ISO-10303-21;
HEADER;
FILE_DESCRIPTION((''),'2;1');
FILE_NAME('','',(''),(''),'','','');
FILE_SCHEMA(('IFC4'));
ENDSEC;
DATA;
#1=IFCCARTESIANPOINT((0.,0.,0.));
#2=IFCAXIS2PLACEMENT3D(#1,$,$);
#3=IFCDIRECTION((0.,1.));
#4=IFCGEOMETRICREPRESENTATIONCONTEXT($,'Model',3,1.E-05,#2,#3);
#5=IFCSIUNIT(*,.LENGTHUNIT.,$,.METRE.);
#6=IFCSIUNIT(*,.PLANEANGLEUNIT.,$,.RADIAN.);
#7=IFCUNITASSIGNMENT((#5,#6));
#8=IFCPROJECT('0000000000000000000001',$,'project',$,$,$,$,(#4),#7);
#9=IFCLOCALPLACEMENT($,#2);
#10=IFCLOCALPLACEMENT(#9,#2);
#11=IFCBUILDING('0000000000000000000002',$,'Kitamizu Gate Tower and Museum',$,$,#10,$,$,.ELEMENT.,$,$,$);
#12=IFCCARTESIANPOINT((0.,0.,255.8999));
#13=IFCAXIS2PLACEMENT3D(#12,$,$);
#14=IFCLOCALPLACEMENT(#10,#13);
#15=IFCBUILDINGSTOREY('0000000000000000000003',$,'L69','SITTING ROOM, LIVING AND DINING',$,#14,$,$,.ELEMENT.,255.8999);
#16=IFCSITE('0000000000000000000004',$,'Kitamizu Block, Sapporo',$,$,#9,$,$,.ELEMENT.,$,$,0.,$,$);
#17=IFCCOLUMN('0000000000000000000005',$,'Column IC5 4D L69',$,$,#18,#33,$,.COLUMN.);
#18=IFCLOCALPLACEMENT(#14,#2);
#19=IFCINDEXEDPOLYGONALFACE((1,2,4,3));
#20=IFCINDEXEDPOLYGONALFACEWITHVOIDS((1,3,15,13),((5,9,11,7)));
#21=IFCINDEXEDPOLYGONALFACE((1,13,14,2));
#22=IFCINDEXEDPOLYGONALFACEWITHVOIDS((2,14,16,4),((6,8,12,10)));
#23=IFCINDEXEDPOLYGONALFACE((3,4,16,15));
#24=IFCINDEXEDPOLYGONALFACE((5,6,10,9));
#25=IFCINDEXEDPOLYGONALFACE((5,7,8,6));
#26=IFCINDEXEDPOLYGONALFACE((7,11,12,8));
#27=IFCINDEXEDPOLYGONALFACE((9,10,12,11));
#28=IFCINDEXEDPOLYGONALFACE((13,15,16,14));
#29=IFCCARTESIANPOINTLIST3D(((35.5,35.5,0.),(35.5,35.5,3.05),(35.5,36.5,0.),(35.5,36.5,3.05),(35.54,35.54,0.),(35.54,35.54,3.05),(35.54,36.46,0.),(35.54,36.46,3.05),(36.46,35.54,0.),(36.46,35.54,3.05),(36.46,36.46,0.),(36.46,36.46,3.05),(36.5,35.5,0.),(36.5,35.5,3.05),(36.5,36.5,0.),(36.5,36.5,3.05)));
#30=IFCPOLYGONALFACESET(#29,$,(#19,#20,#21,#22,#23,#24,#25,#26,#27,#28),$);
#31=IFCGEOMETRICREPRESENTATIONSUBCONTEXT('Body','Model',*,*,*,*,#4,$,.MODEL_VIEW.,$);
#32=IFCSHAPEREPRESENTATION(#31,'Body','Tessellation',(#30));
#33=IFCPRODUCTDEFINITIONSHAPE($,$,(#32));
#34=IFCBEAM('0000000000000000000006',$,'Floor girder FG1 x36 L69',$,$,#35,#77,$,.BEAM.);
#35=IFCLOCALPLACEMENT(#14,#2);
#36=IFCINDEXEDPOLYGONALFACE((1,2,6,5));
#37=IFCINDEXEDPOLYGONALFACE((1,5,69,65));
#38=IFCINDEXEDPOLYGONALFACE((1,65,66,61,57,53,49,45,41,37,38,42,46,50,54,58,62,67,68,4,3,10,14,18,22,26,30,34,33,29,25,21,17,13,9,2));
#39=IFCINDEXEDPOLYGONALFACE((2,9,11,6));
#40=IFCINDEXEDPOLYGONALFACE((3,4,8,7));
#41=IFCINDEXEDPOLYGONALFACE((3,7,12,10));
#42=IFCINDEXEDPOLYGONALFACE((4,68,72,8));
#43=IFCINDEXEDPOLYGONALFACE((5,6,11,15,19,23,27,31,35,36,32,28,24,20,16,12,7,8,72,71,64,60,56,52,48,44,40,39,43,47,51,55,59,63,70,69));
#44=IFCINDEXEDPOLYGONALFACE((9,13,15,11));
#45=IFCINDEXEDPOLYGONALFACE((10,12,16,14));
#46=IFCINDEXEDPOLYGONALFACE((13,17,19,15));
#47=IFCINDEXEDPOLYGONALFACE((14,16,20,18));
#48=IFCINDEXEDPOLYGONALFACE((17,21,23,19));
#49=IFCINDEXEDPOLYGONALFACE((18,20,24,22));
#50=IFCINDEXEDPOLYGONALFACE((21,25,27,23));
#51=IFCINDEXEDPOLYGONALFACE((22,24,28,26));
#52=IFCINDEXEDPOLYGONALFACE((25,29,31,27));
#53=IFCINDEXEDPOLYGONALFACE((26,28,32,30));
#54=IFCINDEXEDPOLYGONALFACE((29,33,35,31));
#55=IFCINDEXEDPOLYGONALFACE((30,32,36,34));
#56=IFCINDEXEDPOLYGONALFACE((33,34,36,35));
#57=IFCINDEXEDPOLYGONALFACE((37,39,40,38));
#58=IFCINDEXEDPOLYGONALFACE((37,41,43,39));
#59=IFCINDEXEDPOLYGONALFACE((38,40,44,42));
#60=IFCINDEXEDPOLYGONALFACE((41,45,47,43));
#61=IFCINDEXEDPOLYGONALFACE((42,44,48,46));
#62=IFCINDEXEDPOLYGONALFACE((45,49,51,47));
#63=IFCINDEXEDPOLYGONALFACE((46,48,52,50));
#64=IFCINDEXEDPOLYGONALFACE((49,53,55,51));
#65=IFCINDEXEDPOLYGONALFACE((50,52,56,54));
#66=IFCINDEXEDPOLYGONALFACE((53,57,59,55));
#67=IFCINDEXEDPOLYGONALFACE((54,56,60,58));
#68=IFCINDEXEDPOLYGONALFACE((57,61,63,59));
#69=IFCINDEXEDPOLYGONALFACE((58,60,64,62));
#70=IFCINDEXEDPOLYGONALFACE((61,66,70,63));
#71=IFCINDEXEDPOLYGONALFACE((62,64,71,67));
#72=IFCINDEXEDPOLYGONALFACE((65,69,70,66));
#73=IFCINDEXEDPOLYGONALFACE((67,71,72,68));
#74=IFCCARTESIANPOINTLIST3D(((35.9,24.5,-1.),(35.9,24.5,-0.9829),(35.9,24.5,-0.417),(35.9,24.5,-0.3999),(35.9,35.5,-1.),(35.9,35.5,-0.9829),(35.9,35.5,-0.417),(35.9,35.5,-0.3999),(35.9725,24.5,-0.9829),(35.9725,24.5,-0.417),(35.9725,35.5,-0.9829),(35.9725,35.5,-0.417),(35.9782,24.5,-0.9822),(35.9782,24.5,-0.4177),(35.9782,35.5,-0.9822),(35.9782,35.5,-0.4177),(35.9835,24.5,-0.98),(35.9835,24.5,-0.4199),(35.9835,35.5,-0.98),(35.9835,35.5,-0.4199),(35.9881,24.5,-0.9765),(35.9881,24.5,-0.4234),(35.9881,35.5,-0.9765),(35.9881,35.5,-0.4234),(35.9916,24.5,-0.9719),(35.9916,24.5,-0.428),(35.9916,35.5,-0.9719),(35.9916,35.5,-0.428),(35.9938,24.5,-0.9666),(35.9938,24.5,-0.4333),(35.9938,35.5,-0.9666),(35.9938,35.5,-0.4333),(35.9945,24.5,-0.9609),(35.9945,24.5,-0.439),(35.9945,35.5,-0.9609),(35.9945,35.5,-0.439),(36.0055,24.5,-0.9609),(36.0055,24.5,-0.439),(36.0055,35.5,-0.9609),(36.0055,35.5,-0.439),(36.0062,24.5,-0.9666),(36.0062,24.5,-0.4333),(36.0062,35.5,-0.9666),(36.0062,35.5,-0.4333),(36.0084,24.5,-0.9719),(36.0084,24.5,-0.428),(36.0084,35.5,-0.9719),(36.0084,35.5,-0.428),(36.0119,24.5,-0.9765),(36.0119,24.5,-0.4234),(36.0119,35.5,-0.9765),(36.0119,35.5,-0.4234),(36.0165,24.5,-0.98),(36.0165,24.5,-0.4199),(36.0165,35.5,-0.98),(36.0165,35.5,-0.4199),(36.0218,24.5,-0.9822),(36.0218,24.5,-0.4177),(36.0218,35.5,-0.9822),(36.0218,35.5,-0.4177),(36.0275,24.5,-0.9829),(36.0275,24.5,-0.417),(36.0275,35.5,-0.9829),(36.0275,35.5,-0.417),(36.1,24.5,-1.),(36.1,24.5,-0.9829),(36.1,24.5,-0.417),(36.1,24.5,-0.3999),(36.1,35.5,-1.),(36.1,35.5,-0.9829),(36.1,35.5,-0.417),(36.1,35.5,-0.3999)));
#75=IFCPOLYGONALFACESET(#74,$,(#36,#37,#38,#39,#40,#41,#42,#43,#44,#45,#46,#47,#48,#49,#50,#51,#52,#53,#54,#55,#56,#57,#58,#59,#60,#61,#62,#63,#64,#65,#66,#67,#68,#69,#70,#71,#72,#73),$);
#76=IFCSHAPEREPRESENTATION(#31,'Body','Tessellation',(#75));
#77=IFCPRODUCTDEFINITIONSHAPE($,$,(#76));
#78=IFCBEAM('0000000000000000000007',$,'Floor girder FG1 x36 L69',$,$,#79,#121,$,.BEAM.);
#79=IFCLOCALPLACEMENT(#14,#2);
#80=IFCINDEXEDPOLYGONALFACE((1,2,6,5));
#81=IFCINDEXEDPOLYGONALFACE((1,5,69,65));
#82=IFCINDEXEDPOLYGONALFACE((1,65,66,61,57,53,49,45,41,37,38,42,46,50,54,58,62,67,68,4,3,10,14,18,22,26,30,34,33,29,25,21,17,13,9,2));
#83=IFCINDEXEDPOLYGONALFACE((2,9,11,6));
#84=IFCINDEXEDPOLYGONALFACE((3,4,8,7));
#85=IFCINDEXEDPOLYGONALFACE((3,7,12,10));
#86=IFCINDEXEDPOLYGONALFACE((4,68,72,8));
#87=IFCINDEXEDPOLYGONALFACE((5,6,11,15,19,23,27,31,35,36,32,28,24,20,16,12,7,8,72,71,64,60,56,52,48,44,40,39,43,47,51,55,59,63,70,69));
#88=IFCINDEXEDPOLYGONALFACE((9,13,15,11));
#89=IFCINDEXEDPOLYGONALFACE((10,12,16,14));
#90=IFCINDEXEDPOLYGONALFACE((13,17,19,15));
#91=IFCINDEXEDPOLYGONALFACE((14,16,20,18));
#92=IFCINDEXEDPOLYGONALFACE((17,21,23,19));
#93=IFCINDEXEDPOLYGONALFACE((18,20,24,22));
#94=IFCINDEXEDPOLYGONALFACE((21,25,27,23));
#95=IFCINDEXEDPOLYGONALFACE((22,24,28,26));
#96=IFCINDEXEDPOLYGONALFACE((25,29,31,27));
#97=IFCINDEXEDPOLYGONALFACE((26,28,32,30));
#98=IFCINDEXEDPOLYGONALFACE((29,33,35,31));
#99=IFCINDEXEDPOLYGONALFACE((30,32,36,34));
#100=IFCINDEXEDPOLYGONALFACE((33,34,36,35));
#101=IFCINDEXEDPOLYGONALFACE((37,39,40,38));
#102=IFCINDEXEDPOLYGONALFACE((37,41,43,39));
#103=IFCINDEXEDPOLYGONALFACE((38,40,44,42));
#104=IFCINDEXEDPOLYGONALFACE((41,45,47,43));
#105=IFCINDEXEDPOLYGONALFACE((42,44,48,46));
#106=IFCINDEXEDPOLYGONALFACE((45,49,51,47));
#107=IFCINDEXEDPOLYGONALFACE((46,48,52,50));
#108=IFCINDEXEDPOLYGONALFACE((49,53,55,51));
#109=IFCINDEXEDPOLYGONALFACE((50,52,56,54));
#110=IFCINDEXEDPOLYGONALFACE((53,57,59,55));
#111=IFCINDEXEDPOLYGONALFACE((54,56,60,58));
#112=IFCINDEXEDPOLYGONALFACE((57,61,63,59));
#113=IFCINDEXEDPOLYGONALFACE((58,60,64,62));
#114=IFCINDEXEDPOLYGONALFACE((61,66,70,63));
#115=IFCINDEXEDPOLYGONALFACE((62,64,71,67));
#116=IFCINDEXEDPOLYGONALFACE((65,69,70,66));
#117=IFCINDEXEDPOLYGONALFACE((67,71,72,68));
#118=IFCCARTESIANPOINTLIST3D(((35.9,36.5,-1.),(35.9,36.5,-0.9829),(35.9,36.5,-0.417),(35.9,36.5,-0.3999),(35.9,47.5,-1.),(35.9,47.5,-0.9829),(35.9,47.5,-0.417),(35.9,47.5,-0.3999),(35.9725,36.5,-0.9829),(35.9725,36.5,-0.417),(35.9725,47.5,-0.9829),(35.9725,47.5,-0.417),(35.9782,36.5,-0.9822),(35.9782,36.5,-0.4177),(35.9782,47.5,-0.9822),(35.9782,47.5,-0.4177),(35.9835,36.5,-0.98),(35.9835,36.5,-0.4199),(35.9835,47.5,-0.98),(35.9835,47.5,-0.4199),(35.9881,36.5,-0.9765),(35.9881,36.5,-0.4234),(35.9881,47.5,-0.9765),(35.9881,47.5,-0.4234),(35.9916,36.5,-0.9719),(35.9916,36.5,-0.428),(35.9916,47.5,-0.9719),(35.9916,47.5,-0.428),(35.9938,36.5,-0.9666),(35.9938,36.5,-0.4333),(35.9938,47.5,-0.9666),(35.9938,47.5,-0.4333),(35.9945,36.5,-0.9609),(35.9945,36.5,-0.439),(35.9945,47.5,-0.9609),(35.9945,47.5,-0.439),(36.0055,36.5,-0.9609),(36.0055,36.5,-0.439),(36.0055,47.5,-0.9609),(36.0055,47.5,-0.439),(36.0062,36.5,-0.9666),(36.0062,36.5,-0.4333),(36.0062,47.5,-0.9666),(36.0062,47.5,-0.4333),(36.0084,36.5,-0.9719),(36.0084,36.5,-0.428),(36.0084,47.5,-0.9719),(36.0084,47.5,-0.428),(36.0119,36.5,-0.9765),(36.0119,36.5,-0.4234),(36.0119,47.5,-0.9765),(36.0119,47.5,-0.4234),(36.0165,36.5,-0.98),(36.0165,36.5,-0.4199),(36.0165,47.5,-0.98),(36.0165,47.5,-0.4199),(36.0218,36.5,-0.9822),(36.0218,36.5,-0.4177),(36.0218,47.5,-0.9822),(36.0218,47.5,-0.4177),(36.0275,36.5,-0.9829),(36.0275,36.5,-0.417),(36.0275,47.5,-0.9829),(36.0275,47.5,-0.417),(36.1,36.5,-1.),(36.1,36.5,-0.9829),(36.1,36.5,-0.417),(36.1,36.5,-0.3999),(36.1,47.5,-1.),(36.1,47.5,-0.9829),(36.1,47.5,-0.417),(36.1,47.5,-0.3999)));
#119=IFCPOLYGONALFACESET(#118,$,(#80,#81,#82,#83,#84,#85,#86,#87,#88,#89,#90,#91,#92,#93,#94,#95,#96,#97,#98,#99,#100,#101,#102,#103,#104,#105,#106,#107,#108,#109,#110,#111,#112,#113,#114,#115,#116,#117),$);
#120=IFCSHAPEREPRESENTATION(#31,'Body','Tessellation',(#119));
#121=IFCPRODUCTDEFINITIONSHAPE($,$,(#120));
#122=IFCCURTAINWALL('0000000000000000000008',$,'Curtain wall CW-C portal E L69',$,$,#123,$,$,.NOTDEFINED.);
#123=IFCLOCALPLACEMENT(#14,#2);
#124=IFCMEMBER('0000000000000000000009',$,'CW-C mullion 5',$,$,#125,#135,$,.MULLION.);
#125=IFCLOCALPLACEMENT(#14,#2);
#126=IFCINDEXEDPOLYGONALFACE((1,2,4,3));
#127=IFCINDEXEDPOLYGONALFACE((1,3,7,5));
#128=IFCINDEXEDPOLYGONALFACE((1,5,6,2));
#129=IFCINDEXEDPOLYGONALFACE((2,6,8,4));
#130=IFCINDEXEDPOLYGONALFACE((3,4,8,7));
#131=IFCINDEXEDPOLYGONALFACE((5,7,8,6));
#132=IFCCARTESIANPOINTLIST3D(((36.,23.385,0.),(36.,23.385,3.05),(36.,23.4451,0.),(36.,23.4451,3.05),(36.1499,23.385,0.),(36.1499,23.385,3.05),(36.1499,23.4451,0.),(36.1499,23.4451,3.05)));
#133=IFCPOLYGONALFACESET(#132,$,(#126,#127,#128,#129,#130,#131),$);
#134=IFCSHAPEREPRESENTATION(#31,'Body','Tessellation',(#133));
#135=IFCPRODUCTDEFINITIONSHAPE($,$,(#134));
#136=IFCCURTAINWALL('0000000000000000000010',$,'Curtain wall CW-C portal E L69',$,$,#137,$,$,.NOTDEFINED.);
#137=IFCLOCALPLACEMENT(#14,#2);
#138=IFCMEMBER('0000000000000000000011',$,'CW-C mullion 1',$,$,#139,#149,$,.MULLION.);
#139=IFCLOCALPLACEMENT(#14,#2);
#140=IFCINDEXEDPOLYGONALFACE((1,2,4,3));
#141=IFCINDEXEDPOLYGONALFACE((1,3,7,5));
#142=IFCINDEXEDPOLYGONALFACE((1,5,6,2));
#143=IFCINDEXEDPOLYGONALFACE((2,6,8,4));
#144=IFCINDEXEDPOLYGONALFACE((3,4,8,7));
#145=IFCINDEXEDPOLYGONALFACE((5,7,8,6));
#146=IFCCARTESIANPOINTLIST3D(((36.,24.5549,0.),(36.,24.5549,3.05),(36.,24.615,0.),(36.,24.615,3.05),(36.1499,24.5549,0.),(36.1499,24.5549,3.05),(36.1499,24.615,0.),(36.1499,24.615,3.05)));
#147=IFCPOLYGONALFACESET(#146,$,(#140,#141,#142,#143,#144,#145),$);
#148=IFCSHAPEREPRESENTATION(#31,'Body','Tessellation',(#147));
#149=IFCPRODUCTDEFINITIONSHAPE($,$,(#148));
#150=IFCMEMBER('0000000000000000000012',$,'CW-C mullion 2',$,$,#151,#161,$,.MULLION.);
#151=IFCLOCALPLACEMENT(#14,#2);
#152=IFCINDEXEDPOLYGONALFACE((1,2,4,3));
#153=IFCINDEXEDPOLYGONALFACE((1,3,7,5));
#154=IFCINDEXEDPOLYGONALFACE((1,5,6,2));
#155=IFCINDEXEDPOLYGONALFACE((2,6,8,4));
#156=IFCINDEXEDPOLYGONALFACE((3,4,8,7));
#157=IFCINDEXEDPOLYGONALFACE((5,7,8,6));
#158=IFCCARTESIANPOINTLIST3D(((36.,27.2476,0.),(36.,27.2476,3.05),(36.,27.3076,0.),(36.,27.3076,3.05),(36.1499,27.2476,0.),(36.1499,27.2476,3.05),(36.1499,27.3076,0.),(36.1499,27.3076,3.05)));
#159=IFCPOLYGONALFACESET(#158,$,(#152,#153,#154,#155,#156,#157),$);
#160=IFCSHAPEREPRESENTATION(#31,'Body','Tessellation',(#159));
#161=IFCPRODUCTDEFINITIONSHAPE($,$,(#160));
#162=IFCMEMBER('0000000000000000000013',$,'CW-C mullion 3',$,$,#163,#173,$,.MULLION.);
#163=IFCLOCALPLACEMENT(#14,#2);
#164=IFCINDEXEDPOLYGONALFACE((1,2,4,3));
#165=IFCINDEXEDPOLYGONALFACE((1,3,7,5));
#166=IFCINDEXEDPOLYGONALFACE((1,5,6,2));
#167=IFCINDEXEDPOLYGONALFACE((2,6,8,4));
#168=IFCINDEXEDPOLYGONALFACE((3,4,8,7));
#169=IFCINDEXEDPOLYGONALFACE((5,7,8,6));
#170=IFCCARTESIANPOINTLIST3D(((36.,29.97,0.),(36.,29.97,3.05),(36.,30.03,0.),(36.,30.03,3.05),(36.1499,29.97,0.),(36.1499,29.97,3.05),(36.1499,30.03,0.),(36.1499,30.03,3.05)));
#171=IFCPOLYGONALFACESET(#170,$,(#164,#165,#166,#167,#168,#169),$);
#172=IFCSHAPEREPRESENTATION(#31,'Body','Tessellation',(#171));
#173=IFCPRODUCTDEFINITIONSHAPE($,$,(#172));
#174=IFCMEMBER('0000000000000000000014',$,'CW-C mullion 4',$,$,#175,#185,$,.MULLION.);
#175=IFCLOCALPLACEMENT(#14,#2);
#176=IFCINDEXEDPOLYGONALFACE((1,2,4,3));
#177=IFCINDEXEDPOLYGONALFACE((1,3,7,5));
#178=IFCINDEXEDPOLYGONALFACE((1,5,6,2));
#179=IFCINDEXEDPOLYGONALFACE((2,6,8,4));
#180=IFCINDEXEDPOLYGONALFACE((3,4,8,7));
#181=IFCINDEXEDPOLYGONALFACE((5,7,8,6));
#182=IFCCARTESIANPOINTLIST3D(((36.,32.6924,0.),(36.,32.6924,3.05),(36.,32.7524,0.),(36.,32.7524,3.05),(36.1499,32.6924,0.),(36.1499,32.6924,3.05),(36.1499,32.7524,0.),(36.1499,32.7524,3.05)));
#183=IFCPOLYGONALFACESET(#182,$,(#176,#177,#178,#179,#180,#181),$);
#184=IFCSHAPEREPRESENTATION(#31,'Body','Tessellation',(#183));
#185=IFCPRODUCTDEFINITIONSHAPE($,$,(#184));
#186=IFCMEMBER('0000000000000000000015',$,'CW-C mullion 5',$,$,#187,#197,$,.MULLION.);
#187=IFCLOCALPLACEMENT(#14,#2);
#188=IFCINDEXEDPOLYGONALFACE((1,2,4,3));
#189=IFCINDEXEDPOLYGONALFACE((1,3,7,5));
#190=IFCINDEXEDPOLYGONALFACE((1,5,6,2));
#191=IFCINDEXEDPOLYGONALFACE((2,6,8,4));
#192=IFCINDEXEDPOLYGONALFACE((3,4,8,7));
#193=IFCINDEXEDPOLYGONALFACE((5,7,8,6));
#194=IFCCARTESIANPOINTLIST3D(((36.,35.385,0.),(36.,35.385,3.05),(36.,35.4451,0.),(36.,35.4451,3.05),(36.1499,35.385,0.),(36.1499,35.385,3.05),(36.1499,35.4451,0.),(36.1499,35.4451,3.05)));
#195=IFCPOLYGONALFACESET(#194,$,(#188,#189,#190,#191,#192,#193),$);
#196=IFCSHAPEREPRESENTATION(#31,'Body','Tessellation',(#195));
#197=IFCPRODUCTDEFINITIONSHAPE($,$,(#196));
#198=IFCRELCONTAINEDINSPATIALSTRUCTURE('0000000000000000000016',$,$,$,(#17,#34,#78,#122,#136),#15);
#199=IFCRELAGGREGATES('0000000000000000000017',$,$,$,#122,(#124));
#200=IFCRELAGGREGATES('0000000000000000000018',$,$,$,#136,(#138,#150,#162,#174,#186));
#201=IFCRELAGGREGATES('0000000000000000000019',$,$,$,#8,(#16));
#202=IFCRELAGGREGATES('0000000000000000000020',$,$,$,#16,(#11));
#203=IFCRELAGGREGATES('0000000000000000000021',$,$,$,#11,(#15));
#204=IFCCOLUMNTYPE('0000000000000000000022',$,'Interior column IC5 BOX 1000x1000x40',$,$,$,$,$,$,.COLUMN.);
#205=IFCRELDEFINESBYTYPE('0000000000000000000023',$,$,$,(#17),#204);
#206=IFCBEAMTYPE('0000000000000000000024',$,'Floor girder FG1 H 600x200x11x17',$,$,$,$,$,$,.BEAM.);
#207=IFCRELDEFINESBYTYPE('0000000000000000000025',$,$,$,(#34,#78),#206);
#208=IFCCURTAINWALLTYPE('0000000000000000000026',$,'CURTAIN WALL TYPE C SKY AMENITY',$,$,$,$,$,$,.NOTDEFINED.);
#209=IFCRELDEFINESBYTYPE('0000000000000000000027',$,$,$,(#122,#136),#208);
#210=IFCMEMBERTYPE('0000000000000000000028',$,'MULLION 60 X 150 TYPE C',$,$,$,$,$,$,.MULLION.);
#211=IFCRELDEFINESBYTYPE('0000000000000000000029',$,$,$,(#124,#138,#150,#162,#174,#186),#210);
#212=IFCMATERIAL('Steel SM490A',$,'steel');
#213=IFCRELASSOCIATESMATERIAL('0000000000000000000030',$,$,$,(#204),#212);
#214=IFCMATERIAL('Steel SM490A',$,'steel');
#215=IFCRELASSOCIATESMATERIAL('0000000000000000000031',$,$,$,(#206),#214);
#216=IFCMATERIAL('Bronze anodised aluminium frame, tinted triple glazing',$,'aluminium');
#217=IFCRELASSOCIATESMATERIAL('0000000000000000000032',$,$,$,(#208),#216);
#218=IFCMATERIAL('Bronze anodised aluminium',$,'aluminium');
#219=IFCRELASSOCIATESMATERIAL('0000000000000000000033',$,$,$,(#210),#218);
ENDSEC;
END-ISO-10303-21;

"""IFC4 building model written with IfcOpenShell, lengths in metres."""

from ifc_helpers import new_model, si_unit, direction, frame, origin, origin_2d, place, context, subcontext, project, spatial, rectangle, hollow_rectangle, i_section, extrude, material, material_profile, profile_set, type_object, element, aggregate, save


model = new_model("IFC4")

# Units and contexts
model_context = context("Model", 3, precision=1e-05, world=origin(), true_north=direction((0.0, 1.0)))
body_context = subcontext(model_context, "Body", "Model", "MODEL_VIEW")
ifc_project = project(units=[si_unit("LENGTHUNIT", "METRE"), si_unit("PLANEANGLEUNIT", "RADIAN")], contexts=[model_context])

# Site, building, storey
site_placement = place(None, origin())
site = spatial("IfcSite", under=ifc_project, at=site_placement, Name="Kitamizu Block, Sapporo", CompositionType="ELEMENT", RefElevation=0.0)
building_placement = place(site_placement, origin())
building = spatial("IfcBuilding", under=site, at=building_placement, Name="Kitamizu Gate Tower and Museum", CompositionType="ELEMENT")
storey_placement = place(building_placement, frame((0.0, 0.0, 255.8999)))
storey = spatial("IfcBuildingStorey", under=building, at=storey_placement, Name="L69", Description="SITTING ROOM, LIVING AND DINING", CompositionType="ELEMENT", Elevation=255.8999)

# Column
ifc_material_1 = material(Name="Steel SM490A", Category="steel")
ifc_material_profile_1 = material_profile(ifc_material_1, hollow_rectangle(XDim=1.0, YDim=1.0, WallThickness=0.04, at=origin_2d()), Name="BOX 1000x1000x40")
ifc_profile_set_1 = profile_set([ifc_material_profile_1], Name="Steel SM490A")
column_type = type_object("IfcColumnType", Name="Interior column IC5 BOX 1000x1000x40", PredefinedType="COLUMN", material=ifc_profile_set_1)
column_placement = place(storey_placement, frame((36.0, 36.0, 0.0), z_axis=(0.0, 0.0, 1.0), x_axis=(1.0, 0.0, 0.0)))
element("IfcColumn", 1, at=column_placement, inside=storey, type_object=column_type, Name="Column IC5 4D L69", PredefinedType="COLUMN", context=body_context, shape_type="SweptSolid", body=[
    extrude(hollow_rectangle(XDim=1.0, YDim=1.0, WallThickness=0.04, at=origin_2d()), origin(), (0.0, 0.0, 1.0), 3.05),
])

# Beams
ifc_material_2 = material(Name="Steel SM490A", Category="steel")
ifc_material_profile_2 = material_profile(ifc_material_2, i_section(OverallWidth=0.2, OverallDepth=0.6001, WebThickness=0.011, FlangeThickness=0.0171, FilletRadius=0.022, at=origin_2d()), Name="H-600x200x11x17")
ifc_profile_set_2 = profile_set([ifc_material_profile_2], Name="Steel SM490A")
beam_type = type_object("IfcBeamType", Name="Floor girder FG1 H 600x200x11x17", PredefinedType="BEAM", material=ifc_profile_set_2)
for number, where, z_axis, x_axis, name in (
    (2, (36.0, 24.5, -0.7), (0.0, 1.0, 0.0), (-1.0, 0.0, 0.0), "Floor girder FG1 x36 L69"),
    (3, (36.0, 36.5, -0.7), (0.0, 1.0, 0.0), (-1.0, 0.0, 0.0), "Floor girder FG1 x36 L69"),
):
    element("IfcBeam", number, at=place(storey_placement, frame(where, z_axis=z_axis, x_axis=x_axis)), inside=storey, type_object=beam_type, Name=name, PredefinedType="BEAM", context=body_context, shape_type="SweptSolid", body=[
        extrude(i_section(OverallWidth=0.2, OverallDepth=0.6001, WebThickness=0.011, FlangeThickness=0.0171, FilletRadius=0.022, at=origin_2d()), origin(), (0.0, 0.0, 1.0), 11.0),
    ])

# Curtain wall, member
ifc_material_3 = material(Name="Bronze anodised aluminium frame, tinted triple glazing", Category="aluminium")
curtain_wall_type = type_object("IfcCurtainWallType", Name="CURTAIN WALL TYPE C SKY AMENITY", PredefinedType="NOTDEFINED", material=ifc_material_3)
curtain_wall_1_placement = place(storey_placement, origin())
curtain_wall_1 = element("IfcCurtainWall", 4, at=curtain_wall_1_placement, inside=storey, type_object=curtain_wall_type, Name="Curtain wall CW-C portal E L69", PredefinedType="NOTDEFINED")
ifc_material_4 = material(Name="Bronze anodised aluminium", Category="aluminium")
ifc_material_profile_3 = material_profile(ifc_material_4, rectangle(XDim=0.0601, YDim=0.1499, at=origin_2d()), Name="AL 60X150")
ifc_profile_set_3 = profile_set([ifc_material_profile_3], Name="Bronze anodised aluminium")
member_type_1 = type_object("IfcMemberType", Name="MULLION 60 X 150 TYPE C", PredefinedType="MULLION", material=ifc_profile_set_3)
member_1_placement = place(storey_placement, frame((36.075, 23.415, 0.0), z_axis=(0.0, 0.0, 1.0), x_axis=(0.0, 1.0, 0.0)))
member_1 = element("IfcMember", 5, at=member_1_placement, type_object=member_type_1, Name="CW-C mullion 5", PredefinedType="MULLION", context=body_context, shape_type="SweptSolid", body=[
    extrude(rectangle(XDim=0.0601, YDim=0.1499, at=origin_2d()), origin(), (0.0, 0.0, 1.0), 3.05),
])

# Curtain wall, members
curtain_wall_2_placement = place(storey_placement, origin())
curtain_wall_2 = element("IfcCurtainWall", 6, at=curtain_wall_2_placement, inside=storey, type_object=curtain_wall_type, Name="Curtain wall CW-C portal E L69", PredefinedType="NOTDEFINED")
member_2_placement = place(storey_placement, frame((36.075, 24.585, 0.0), z_axis=(0.0, 0.0, 1.0), x_axis=(0.0, 1.0, 0.0)))
member_2 = element("IfcMember", 7, at=member_2_placement, type_object=member_type_1, Name="CW-C mullion 1", PredefinedType="MULLION", context=body_context, shape_type="SweptSolid", body=[
    extrude(rectangle(XDim=0.0601, YDim=0.1499, at=origin_2d()), origin(), (0.0, 0.0, 1.0), 3.05),
])
member_3_placement = place(storey_placement, frame((36.075, 27.2776, 0.0), z_axis=(0.0, 0.0, 1.0), x_axis=(0.0, 1.0, 0.0)))
member_3 = element("IfcMember", 8, at=member_3_placement, type_object=member_type_1, Name="CW-C mullion 2", PredefinedType="MULLION", context=body_context, shape_type="SweptSolid", body=[
    extrude(rectangle(XDim=0.0601, YDim=0.1499, at=origin_2d()), origin(), (0.0, 0.0, 1.0), 3.05),
])
member_4_placement = place(storey_placement, frame((36.075, 30.0, 0.0), z_axis=(0.0, 0.0, 1.0), x_axis=(0.0, 1.0, 0.0)))
member_4 = element("IfcMember", 9, at=member_4_placement, type_object=member_type_1, Name="CW-C mullion 3", PredefinedType="MULLION", context=body_context, shape_type="SweptSolid", body=[
    extrude(rectangle(XDim=0.0601, YDim=0.1499, at=origin_2d()), origin(), (0.0, 0.0, 1.0), 3.05),
])
member_5_placement = place(storey_placement, frame((36.075, 32.7224, 0.0), z_axis=(0.0, 0.0, 1.0), x_axis=(0.0, 1.0, 0.0)))
member_5 = element("IfcMember", 10, at=member_5_placement, type_object=member_type_1, Name="CW-C mullion 4", PredefinedType="MULLION", context=body_context, shape_type="SweptSolid", body=[
    extrude(rectangle(XDim=0.0601, YDim=0.1499, at=origin_2d()), origin(), (0.0, 0.0, 1.0), 3.05),
])
member_6_placement = place(storey_placement, frame((36.075, 35.415, 0.0), z_axis=(0.0, 0.0, 1.0), x_axis=(0.0, 1.0, 0.0)))
member_6 = element("IfcMember", 11, at=member_6_placement, type_object=member_type_1, Name="CW-C mullion 5", PredefinedType="MULLION", context=body_context, shape_type="SweptSolid", body=[
    extrude(rectangle(XDim=0.0601, YDim=0.1499, at=origin_2d()), origin(), (0.0, 0.0, 1.0), 3.05),
])

aggregate(curtain_wall_1, [member_1])
aggregate(curtain_wall_2, [member_2, member_3, member_4, member_5, member_6])

save(model, "model.ifc")
